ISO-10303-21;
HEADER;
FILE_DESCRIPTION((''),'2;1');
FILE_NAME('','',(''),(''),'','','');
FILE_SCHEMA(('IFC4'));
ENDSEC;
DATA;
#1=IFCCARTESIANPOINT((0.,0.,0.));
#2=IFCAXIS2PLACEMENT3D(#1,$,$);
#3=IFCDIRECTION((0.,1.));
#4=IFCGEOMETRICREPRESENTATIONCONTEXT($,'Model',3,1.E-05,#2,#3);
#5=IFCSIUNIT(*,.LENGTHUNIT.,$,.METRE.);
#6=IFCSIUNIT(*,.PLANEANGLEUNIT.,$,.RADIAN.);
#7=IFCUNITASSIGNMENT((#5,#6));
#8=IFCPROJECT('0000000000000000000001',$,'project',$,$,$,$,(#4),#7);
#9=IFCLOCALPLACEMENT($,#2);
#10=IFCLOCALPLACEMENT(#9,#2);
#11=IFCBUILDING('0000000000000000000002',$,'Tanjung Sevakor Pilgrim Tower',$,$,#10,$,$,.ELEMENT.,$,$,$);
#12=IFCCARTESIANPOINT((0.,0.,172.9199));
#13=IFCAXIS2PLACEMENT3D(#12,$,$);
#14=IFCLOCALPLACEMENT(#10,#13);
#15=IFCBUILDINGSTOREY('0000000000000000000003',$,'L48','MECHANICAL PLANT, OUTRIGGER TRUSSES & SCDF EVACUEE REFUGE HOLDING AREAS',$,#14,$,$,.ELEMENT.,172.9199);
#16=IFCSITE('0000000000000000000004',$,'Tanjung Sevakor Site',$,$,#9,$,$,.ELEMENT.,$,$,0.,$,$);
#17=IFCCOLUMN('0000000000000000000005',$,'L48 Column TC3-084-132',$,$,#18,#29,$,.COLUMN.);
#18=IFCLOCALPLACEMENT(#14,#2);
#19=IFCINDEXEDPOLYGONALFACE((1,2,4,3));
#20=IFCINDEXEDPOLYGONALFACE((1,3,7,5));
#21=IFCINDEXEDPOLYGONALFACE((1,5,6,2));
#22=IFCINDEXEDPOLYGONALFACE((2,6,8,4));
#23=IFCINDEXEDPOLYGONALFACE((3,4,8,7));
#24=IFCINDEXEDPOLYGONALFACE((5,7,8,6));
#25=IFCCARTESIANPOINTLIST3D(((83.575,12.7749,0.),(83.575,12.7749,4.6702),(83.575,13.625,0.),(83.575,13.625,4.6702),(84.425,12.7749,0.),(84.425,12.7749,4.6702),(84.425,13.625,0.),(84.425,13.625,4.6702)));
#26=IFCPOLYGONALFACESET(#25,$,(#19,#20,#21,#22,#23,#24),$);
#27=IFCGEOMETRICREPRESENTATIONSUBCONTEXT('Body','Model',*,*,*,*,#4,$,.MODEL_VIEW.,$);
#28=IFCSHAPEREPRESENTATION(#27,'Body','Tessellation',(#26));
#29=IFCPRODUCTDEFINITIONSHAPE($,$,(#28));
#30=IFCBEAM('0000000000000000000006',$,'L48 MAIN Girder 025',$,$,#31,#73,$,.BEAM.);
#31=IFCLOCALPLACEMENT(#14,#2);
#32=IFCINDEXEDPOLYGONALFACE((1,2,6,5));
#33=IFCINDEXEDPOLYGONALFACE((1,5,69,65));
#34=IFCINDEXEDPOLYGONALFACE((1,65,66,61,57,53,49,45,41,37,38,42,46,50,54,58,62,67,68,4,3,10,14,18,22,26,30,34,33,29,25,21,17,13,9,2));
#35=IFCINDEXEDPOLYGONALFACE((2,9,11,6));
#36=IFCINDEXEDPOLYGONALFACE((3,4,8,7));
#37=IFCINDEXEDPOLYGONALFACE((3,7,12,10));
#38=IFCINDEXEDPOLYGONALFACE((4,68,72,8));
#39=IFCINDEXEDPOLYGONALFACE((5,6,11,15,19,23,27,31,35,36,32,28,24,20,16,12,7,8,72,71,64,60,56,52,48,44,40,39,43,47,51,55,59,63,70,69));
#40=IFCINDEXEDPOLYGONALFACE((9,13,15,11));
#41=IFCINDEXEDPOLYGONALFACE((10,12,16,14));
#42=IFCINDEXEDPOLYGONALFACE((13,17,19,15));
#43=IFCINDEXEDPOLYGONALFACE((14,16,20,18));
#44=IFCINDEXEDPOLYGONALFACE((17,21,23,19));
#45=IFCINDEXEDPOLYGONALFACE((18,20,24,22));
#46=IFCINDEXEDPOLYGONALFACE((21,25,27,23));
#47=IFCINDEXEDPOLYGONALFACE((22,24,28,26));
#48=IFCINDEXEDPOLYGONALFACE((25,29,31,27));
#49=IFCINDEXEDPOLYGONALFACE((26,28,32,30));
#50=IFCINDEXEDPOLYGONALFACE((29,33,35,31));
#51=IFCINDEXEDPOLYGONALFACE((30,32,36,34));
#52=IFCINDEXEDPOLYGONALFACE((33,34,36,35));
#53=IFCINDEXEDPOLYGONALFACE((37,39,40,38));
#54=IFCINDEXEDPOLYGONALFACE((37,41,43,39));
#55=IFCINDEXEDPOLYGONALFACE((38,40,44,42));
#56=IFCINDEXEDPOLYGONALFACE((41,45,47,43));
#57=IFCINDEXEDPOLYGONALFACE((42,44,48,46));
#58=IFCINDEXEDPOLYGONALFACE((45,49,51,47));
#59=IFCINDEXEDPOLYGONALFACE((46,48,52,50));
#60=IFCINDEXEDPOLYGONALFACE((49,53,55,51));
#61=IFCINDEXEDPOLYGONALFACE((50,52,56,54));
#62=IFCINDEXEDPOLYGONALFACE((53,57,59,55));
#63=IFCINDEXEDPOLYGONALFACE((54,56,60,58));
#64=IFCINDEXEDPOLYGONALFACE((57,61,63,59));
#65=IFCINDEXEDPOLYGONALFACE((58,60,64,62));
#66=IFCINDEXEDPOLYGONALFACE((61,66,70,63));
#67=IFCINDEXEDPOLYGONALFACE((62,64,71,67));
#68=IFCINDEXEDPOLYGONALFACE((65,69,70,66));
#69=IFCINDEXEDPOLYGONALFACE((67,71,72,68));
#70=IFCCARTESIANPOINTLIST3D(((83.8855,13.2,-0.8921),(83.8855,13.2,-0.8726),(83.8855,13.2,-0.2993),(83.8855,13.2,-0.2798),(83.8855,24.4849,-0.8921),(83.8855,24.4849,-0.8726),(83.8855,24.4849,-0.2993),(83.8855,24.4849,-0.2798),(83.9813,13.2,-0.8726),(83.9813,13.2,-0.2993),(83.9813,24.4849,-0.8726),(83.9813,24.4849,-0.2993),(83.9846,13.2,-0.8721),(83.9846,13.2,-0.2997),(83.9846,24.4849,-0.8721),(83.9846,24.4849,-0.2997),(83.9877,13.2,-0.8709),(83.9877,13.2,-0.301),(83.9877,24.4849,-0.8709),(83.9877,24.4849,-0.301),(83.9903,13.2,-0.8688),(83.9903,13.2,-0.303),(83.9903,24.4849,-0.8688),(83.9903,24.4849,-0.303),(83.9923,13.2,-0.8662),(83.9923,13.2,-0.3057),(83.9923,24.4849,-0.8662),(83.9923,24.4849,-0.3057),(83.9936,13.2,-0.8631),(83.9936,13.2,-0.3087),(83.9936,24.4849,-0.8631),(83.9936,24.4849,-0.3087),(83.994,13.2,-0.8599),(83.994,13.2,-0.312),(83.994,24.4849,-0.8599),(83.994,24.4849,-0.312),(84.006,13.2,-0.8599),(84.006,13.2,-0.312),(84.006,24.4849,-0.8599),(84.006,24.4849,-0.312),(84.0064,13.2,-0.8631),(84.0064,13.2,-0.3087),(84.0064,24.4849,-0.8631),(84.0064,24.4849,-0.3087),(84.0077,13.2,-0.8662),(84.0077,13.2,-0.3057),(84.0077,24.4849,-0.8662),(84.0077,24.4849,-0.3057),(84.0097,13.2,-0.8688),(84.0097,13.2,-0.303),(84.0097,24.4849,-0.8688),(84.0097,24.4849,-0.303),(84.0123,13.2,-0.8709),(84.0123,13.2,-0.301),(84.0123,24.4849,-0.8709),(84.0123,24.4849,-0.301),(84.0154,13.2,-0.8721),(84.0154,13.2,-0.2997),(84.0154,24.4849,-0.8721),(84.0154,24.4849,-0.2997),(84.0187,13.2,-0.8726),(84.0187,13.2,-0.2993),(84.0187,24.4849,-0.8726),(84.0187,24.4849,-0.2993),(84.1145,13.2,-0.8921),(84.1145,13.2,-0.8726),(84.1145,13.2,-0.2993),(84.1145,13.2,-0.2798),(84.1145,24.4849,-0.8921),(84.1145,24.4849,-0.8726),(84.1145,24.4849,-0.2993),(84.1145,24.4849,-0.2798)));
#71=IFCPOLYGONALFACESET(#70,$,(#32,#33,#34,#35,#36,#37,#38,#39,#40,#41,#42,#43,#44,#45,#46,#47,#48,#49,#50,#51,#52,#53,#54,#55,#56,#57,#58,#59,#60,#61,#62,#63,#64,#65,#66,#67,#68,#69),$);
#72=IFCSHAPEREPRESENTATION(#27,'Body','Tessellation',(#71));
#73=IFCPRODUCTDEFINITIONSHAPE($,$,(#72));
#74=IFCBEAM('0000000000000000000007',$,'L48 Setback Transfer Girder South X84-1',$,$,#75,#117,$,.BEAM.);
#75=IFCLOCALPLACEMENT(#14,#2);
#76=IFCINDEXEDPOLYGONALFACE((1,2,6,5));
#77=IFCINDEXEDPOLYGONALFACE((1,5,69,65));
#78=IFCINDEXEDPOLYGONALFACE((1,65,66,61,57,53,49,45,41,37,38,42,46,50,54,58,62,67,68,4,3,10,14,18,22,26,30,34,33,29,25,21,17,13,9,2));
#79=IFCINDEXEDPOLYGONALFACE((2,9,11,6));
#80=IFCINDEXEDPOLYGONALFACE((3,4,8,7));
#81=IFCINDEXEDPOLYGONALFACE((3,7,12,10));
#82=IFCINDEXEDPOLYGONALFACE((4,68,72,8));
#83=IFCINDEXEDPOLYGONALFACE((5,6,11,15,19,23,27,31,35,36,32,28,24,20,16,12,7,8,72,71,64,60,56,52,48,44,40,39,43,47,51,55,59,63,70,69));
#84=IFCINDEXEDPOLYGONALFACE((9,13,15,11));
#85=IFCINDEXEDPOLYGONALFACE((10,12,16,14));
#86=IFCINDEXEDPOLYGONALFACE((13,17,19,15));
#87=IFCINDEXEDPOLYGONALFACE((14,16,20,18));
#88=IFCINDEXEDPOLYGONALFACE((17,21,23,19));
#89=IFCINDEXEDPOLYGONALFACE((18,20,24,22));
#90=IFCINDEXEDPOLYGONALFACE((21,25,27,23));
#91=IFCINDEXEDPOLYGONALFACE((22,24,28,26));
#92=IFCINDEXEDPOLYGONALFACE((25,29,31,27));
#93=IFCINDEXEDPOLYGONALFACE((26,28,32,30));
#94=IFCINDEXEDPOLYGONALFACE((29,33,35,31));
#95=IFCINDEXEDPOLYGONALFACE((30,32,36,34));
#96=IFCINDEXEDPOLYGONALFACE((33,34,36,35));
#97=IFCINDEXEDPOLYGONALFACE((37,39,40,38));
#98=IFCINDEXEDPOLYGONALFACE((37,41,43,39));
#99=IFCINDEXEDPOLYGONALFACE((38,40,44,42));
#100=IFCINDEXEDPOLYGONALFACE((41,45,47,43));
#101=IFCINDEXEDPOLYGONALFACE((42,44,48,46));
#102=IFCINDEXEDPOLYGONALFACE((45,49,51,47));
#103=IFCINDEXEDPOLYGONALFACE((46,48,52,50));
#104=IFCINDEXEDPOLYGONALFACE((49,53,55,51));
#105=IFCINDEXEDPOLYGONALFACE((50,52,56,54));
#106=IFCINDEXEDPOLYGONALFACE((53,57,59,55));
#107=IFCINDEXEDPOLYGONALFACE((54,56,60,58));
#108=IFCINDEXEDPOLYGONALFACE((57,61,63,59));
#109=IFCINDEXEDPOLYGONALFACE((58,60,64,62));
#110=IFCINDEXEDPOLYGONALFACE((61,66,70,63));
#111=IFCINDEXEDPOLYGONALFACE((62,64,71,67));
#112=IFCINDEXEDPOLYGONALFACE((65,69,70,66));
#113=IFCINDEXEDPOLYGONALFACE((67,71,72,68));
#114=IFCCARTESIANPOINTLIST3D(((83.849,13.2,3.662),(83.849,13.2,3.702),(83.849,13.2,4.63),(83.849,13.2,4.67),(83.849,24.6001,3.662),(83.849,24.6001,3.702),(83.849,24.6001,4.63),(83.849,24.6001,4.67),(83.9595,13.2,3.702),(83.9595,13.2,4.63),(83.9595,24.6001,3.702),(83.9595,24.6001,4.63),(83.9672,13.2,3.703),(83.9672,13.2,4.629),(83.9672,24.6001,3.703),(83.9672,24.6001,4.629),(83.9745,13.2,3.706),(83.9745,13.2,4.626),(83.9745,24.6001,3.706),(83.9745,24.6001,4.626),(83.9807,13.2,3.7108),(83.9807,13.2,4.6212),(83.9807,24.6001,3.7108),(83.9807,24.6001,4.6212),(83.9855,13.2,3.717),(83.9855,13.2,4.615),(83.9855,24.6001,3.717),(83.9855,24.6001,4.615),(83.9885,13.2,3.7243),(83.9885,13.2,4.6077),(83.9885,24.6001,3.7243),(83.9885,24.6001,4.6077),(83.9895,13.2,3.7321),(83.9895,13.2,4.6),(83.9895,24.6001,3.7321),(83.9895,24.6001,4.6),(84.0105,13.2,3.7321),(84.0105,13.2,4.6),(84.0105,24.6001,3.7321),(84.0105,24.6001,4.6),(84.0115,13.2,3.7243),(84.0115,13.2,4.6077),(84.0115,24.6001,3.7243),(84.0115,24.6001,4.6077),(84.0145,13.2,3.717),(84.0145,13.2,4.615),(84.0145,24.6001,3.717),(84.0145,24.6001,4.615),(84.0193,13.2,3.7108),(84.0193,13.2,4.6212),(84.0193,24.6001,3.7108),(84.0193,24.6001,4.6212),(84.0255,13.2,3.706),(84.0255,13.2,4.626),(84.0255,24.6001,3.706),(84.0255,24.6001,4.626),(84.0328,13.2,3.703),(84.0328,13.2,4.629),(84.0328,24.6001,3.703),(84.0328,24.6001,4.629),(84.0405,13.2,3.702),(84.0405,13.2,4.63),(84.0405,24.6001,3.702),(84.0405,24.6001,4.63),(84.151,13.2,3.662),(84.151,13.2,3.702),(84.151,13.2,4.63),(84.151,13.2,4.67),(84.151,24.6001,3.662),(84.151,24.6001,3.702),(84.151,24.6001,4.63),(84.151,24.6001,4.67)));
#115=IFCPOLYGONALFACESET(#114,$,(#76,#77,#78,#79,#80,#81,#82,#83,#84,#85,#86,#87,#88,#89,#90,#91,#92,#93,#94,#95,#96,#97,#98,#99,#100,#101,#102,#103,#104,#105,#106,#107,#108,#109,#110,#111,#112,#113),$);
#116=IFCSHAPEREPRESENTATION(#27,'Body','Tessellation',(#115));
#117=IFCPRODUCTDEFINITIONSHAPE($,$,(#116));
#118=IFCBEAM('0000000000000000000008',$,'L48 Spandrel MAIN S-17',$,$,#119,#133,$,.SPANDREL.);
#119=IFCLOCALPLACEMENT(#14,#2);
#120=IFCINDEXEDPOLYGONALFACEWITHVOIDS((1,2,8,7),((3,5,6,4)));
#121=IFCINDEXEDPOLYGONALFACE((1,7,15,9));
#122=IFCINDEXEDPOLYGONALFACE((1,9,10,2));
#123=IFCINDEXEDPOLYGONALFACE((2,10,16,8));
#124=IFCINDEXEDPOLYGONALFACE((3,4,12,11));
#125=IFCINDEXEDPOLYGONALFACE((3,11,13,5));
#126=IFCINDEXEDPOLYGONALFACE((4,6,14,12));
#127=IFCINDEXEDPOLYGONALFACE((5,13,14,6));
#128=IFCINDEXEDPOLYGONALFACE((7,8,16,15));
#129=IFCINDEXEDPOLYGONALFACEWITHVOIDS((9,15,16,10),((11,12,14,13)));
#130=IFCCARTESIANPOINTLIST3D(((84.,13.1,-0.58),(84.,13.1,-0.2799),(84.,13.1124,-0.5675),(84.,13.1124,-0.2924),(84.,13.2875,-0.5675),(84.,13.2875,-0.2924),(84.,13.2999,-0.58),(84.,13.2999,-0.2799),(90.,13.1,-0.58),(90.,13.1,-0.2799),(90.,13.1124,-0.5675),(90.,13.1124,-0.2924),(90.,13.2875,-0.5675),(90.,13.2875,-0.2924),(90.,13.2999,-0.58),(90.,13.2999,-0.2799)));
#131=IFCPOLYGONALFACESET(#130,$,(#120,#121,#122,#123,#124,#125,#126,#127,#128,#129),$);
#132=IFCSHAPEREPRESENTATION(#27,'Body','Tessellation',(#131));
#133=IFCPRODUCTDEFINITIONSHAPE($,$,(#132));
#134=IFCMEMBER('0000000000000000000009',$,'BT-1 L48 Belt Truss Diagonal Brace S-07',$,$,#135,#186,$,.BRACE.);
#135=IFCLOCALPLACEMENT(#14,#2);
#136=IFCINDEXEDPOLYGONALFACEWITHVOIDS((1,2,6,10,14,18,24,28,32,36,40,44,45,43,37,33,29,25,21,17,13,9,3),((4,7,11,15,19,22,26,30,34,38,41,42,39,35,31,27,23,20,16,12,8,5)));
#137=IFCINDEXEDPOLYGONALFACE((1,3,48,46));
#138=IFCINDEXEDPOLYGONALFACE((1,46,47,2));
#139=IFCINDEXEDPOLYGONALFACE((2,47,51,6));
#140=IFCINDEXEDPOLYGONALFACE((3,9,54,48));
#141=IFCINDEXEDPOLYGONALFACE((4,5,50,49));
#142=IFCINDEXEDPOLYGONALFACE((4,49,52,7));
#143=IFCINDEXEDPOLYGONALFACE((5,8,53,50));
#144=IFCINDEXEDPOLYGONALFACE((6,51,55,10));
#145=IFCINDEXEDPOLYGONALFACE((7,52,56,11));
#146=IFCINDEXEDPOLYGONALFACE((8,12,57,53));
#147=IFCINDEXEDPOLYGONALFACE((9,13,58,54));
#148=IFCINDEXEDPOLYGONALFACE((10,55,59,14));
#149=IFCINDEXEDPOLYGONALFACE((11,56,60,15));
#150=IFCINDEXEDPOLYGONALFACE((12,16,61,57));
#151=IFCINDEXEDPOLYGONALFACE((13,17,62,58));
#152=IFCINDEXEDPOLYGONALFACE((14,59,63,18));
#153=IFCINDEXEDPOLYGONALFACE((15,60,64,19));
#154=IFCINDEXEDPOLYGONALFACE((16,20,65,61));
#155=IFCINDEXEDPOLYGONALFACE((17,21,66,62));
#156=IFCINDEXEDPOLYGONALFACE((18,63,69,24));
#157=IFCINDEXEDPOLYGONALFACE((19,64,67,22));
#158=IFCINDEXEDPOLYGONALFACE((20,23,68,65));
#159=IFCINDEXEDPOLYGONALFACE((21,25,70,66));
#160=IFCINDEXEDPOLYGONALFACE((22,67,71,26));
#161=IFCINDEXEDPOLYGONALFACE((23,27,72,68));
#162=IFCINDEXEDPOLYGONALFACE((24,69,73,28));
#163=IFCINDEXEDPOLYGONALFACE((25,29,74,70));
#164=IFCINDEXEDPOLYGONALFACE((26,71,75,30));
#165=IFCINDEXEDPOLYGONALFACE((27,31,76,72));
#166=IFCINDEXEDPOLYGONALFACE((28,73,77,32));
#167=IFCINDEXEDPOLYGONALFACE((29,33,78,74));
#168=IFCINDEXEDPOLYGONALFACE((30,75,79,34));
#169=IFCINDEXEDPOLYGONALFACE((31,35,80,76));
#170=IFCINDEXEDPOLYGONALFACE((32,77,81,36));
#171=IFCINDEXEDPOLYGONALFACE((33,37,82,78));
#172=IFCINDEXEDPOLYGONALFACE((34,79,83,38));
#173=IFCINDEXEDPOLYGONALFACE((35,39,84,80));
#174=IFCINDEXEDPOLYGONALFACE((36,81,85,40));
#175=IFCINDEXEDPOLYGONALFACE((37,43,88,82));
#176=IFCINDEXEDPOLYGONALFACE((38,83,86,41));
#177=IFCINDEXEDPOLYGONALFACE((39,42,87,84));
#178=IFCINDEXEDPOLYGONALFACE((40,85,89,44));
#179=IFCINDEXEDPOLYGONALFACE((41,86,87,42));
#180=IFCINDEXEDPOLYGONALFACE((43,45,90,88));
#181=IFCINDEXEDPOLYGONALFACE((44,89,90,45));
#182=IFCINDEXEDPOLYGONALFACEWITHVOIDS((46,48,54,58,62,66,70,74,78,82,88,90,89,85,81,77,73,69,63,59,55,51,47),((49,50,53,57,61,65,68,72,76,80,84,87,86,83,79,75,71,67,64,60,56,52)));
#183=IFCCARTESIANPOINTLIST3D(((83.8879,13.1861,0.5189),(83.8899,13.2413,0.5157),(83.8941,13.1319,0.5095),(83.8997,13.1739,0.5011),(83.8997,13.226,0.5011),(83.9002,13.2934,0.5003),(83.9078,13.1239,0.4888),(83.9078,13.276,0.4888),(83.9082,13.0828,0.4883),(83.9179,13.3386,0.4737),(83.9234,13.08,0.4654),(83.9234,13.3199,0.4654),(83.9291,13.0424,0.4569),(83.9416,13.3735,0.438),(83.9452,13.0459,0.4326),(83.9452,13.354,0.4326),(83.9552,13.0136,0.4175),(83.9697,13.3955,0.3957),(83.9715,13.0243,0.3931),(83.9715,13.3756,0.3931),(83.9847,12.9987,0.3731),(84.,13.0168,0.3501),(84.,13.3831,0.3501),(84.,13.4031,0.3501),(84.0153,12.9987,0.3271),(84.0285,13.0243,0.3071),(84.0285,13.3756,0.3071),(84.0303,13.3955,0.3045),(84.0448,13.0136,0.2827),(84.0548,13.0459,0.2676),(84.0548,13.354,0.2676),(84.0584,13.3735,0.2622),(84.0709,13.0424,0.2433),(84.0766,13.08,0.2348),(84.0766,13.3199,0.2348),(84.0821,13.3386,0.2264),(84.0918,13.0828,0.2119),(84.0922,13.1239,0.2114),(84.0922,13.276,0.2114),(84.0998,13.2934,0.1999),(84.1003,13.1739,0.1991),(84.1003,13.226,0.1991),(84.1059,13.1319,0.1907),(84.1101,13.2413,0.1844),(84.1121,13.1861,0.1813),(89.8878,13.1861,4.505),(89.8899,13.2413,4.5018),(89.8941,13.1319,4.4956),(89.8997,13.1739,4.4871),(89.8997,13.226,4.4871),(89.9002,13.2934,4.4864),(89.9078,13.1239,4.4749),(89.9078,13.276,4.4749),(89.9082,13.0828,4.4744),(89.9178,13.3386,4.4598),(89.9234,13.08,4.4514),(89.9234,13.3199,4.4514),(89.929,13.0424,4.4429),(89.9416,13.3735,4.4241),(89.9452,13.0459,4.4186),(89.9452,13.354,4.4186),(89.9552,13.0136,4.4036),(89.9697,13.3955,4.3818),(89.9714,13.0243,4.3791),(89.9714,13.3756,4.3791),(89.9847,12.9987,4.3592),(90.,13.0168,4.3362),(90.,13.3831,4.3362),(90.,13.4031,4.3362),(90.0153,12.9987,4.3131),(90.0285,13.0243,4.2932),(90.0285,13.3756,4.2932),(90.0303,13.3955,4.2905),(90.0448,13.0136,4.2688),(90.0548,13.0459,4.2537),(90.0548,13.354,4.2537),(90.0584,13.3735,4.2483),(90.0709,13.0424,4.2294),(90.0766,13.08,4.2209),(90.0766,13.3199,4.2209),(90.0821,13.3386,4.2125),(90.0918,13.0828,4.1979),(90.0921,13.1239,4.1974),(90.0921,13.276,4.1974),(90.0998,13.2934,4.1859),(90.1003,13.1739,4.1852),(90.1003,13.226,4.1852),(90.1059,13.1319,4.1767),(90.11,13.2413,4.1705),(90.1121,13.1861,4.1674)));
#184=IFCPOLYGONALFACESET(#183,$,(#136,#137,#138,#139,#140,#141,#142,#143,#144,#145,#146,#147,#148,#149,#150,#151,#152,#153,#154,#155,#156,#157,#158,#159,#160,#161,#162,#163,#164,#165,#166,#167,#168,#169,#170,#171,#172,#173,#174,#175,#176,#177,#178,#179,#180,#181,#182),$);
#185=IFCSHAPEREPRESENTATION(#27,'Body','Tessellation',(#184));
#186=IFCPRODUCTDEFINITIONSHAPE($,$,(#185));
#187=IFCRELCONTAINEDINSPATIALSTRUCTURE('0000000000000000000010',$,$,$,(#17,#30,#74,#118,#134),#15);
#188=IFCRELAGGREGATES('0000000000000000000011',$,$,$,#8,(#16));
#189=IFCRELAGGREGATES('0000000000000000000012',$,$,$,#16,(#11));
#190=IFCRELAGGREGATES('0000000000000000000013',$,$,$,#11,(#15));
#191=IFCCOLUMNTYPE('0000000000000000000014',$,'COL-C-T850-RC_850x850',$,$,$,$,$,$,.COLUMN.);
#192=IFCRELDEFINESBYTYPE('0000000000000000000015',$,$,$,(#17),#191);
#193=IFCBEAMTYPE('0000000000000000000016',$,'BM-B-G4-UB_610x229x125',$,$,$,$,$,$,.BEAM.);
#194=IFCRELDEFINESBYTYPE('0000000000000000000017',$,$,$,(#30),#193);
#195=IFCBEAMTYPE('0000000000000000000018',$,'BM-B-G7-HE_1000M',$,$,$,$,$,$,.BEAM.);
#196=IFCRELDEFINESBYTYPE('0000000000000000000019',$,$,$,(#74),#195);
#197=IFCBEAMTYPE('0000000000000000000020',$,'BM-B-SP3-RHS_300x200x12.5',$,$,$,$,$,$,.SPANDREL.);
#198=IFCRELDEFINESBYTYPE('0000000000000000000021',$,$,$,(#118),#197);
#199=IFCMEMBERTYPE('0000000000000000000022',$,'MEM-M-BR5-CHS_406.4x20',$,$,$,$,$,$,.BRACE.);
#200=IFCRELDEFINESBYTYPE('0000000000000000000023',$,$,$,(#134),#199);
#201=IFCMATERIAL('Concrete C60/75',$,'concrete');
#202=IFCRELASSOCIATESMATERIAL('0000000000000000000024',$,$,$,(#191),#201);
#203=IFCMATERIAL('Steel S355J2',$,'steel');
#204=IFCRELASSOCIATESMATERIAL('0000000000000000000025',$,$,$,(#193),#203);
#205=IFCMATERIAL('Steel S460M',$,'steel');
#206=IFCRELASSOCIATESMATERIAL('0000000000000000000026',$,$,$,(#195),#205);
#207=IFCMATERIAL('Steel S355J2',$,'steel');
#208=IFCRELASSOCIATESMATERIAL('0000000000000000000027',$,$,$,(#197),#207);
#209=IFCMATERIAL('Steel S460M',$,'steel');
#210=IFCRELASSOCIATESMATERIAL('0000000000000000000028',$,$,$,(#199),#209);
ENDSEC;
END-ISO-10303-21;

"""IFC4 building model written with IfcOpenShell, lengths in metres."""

from ifc_helpers import new_model, si_unit, direction, frame, origin, origin_2d, place, context, subcontext, project, spatial, rectangle, hollow_rectangle, hollow_circle, i_section, extrude, material, material_profile, profile_set, type_object, element, save


model = new_model("IFC4")

# Units and contexts
model_context = context("Model", 3, precision=1e-05, world=origin(), true_north=direction((0.0, 1.0)))
body_context = subcontext(model_context, "Body", "Model", "MODEL_VIEW")
ifc_project = project(units=[si_unit("LENGTHUNIT", "METRE"), si_unit("PLANEANGLEUNIT", "RADIAN")], contexts=[model_context])

# Site, building, storey
site_placement = place(None, origin())
site = spatial("IfcSite", under=ifc_project, at=site_placement, Name="Tanjung Sevakor Site", CompositionType="ELEMENT", RefElevation=0.0)
building_placement = place(site_placement, origin())
building = spatial("IfcBuilding", under=site, at=building_placement, Name="Tanjung Sevakor Pilgrim Tower", CompositionType="ELEMENT")
storey_placement = place(building_placement, frame((0.0, 0.0, 172.9199)))
storey = spatial("IfcBuildingStorey", under=building, at=storey_placement, Name="L48", Description="MECHANICAL PLANT, OUTRIGGER TRUSSES & SCDF EVACUEE REFUGE HOLDING AREAS", CompositionType="ELEMENT", Elevation=172.9199)

# Column
ifc_material_1 = material(Name="Concrete C60/75", Category="concrete")
ifc_material_profile_1 = material_profile(ifc_material_1, rectangle(XDim=0.8501, YDim=0.8501, at=origin_2d()))
ifc_profile_set_1 = profile_set([ifc_material_profile_1], Name="Concrete C60/75")
column_type = type_object("IfcColumnType", Name="COL-C-T850-RC_850x850", PredefinedType="COLUMN", material=ifc_profile_set_1)
column_placement = place(storey_placement, frame((84.0, 13.2, 0.0), z_axis=(0.0, 0.0, 1.0), x_axis=(1.0, 0.0, 0.0)))
element("IfcColumn", 1, at=column_placement, inside=storey, type_object=column_type, Name="L48 Column TC3-084-132", PredefinedType="COLUMN", context=body_context, shape_type="SweptSolid", body=[
    extrude(rectangle(XDim=0.8501, YDim=0.8501, at=origin_2d()), origin(), (0.0, 0.0, 1.0), 4.6702),
])

# Beams
ifc_material_2 = material(Name="Steel S355J2", Category="steel")
ifc_material_profile_2 = material_profile(ifc_material_2, i_section(OverallWidth=0.229, OverallDepth=0.6123, WebThickness=0.012, FlangeThickness=0.0195, FilletRadius=0.0127, at=origin_2d()))
ifc_profile_set_2 = profile_set([ifc_material_profile_2], Name="Steel S355J2")
beam_type_1 = type_object("IfcBeamType", Name="BM-B-G4-UB_610x229x125", PredefinedType="BEAM", material=ifc_profile_set_2)
beam_1_placement = place(storey_placement, frame((84.0, 13.2, -0.5859), z_axis=(0.0, 1.0, 0.0), x_axis=(-1.0, 0.0, 0.0)))
element("IfcBeam", 2, at=beam_1_placement, inside=storey, type_object=beam_type_1, Name="L48 MAIN Girder 025", PredefinedType="BEAM", context=body_context, shape_type="SweptSolid", body=[
    extrude(i_section(OverallWidth=0.229, OverallDepth=0.6123, WebThickness=0.012, FlangeThickness=0.0195, FilletRadius=0.0127, at=origin_2d()), origin(), (0.0, 0.0, 1.0), 11.2849),
])
ifc_material_3 = material(Name="Steel S460M", Category="steel")
ifc_material_profile_3 = material_profile(ifc_material_3, i_section(OverallWidth=0.302, OverallDepth=1.0081, WebThickness=0.021, FlangeThickness=0.04, FilletRadius=0.03, at=origin_2d()))
ifc_profile_set_3 = profile_set([ifc_material_profile_3], Name="Steel S460M")
beam_type_2 = type_object("IfcBeamType", Name="BM-B-G7-HE_1000M", PredefinedType="BEAM", material=ifc_profile_set_3)
beam_2_placement = place(storey_placement, frame((84.0, 13.2, 4.166), z_axis=(0.0, 1.0, 0.0), x_axis=(-1.0, 0.0, 0.0)))
element("IfcBeam", 3, at=beam_2_placement, inside=storey, type_object=beam_type_2, Name="L48 Setback Transfer Girder South X84-1", PredefinedType="BEAM", context=body_context, shape_type="SweptSolid", body=[
    extrude(i_section(OverallWidth=0.302, OverallDepth=1.0081, WebThickness=0.021, FlangeThickness=0.04, FilletRadius=0.03, at=origin_2d()), origin(), (0.0, 0.0, 1.0), 11.4001),
])
ifc_material_4 = material(Name="Steel S355J2", Category="steel")
ifc_material_profile_4 = material_profile(ifc_material_4, hollow_rectangle(XDim=0.2, YDim=0.3, WallThickness=0.0125, at=origin_2d()))
ifc_profile_set_4 = profile_set([ifc_material_profile_4], Name="Steel S355J2")
beam_type_3 = type_object("IfcBeamType", Name="BM-B-SP3-RHS_300x200x12.5", PredefinedType="SPANDREL", material=ifc_profile_set_4)
beam_3_placement = place(storey_placement, frame((84.0, 13.2, -0.4299), z_axis=(1.0, 0.0, 0.0), x_axis=(0.0, 1.0, 0.0)))
element("IfcBeam", 4, at=beam_3_placement, inside=storey, type_object=beam_type_3, Name="L48 Spandrel MAIN S-17", PredefinedType="SPANDREL", context=body_context, shape_type="SweptSolid", body=[
    extrude(hollow_rectangle(XDim=0.2, YDim=0.3, WallThickness=0.0125, at=origin_2d()), origin(), (0.0, 0.0, 1.0), 6.0),
])

# Member
ifc_material_5 = material(Name="Steel S460M", Category="steel")
ifc_material_profile_5 = material_profile(ifc_material_5, hollow_circle(Radius=0.2031, WallThickness=0.02, at=origin_2d()))
ifc_profile_set_5 = profile_set([ifc_material_profile_5], Name="Steel S460M")
member_type = type_object("IfcMemberType", Name="MEM-M-BR5-CHS_406.4x20", PredefinedType="BRACE", material=ifc_profile_set_5)
member_placement = place(storey_placement, frame((84.0, 13.2, 0.3501), z_axis=(0.832941, 0.0, 0.553362), x_axis=(0.0, 1.0, 0.0)))
element("IfcMember", 5, at=member_placement, inside=storey, type_object=member_type, Name="BT-1 L48 Belt Truss Diagonal Brace S-07", PredefinedType="BRACE", context=body_context, shape_type="SweptSolid", body=[
    extrude(hollow_circle(Radius=0.2031, WallThickness=0.02, at=origin_2d()), origin(), (0.0, 0.0, 1.0), 7.2034),
])

save(model, "model.ifc")
